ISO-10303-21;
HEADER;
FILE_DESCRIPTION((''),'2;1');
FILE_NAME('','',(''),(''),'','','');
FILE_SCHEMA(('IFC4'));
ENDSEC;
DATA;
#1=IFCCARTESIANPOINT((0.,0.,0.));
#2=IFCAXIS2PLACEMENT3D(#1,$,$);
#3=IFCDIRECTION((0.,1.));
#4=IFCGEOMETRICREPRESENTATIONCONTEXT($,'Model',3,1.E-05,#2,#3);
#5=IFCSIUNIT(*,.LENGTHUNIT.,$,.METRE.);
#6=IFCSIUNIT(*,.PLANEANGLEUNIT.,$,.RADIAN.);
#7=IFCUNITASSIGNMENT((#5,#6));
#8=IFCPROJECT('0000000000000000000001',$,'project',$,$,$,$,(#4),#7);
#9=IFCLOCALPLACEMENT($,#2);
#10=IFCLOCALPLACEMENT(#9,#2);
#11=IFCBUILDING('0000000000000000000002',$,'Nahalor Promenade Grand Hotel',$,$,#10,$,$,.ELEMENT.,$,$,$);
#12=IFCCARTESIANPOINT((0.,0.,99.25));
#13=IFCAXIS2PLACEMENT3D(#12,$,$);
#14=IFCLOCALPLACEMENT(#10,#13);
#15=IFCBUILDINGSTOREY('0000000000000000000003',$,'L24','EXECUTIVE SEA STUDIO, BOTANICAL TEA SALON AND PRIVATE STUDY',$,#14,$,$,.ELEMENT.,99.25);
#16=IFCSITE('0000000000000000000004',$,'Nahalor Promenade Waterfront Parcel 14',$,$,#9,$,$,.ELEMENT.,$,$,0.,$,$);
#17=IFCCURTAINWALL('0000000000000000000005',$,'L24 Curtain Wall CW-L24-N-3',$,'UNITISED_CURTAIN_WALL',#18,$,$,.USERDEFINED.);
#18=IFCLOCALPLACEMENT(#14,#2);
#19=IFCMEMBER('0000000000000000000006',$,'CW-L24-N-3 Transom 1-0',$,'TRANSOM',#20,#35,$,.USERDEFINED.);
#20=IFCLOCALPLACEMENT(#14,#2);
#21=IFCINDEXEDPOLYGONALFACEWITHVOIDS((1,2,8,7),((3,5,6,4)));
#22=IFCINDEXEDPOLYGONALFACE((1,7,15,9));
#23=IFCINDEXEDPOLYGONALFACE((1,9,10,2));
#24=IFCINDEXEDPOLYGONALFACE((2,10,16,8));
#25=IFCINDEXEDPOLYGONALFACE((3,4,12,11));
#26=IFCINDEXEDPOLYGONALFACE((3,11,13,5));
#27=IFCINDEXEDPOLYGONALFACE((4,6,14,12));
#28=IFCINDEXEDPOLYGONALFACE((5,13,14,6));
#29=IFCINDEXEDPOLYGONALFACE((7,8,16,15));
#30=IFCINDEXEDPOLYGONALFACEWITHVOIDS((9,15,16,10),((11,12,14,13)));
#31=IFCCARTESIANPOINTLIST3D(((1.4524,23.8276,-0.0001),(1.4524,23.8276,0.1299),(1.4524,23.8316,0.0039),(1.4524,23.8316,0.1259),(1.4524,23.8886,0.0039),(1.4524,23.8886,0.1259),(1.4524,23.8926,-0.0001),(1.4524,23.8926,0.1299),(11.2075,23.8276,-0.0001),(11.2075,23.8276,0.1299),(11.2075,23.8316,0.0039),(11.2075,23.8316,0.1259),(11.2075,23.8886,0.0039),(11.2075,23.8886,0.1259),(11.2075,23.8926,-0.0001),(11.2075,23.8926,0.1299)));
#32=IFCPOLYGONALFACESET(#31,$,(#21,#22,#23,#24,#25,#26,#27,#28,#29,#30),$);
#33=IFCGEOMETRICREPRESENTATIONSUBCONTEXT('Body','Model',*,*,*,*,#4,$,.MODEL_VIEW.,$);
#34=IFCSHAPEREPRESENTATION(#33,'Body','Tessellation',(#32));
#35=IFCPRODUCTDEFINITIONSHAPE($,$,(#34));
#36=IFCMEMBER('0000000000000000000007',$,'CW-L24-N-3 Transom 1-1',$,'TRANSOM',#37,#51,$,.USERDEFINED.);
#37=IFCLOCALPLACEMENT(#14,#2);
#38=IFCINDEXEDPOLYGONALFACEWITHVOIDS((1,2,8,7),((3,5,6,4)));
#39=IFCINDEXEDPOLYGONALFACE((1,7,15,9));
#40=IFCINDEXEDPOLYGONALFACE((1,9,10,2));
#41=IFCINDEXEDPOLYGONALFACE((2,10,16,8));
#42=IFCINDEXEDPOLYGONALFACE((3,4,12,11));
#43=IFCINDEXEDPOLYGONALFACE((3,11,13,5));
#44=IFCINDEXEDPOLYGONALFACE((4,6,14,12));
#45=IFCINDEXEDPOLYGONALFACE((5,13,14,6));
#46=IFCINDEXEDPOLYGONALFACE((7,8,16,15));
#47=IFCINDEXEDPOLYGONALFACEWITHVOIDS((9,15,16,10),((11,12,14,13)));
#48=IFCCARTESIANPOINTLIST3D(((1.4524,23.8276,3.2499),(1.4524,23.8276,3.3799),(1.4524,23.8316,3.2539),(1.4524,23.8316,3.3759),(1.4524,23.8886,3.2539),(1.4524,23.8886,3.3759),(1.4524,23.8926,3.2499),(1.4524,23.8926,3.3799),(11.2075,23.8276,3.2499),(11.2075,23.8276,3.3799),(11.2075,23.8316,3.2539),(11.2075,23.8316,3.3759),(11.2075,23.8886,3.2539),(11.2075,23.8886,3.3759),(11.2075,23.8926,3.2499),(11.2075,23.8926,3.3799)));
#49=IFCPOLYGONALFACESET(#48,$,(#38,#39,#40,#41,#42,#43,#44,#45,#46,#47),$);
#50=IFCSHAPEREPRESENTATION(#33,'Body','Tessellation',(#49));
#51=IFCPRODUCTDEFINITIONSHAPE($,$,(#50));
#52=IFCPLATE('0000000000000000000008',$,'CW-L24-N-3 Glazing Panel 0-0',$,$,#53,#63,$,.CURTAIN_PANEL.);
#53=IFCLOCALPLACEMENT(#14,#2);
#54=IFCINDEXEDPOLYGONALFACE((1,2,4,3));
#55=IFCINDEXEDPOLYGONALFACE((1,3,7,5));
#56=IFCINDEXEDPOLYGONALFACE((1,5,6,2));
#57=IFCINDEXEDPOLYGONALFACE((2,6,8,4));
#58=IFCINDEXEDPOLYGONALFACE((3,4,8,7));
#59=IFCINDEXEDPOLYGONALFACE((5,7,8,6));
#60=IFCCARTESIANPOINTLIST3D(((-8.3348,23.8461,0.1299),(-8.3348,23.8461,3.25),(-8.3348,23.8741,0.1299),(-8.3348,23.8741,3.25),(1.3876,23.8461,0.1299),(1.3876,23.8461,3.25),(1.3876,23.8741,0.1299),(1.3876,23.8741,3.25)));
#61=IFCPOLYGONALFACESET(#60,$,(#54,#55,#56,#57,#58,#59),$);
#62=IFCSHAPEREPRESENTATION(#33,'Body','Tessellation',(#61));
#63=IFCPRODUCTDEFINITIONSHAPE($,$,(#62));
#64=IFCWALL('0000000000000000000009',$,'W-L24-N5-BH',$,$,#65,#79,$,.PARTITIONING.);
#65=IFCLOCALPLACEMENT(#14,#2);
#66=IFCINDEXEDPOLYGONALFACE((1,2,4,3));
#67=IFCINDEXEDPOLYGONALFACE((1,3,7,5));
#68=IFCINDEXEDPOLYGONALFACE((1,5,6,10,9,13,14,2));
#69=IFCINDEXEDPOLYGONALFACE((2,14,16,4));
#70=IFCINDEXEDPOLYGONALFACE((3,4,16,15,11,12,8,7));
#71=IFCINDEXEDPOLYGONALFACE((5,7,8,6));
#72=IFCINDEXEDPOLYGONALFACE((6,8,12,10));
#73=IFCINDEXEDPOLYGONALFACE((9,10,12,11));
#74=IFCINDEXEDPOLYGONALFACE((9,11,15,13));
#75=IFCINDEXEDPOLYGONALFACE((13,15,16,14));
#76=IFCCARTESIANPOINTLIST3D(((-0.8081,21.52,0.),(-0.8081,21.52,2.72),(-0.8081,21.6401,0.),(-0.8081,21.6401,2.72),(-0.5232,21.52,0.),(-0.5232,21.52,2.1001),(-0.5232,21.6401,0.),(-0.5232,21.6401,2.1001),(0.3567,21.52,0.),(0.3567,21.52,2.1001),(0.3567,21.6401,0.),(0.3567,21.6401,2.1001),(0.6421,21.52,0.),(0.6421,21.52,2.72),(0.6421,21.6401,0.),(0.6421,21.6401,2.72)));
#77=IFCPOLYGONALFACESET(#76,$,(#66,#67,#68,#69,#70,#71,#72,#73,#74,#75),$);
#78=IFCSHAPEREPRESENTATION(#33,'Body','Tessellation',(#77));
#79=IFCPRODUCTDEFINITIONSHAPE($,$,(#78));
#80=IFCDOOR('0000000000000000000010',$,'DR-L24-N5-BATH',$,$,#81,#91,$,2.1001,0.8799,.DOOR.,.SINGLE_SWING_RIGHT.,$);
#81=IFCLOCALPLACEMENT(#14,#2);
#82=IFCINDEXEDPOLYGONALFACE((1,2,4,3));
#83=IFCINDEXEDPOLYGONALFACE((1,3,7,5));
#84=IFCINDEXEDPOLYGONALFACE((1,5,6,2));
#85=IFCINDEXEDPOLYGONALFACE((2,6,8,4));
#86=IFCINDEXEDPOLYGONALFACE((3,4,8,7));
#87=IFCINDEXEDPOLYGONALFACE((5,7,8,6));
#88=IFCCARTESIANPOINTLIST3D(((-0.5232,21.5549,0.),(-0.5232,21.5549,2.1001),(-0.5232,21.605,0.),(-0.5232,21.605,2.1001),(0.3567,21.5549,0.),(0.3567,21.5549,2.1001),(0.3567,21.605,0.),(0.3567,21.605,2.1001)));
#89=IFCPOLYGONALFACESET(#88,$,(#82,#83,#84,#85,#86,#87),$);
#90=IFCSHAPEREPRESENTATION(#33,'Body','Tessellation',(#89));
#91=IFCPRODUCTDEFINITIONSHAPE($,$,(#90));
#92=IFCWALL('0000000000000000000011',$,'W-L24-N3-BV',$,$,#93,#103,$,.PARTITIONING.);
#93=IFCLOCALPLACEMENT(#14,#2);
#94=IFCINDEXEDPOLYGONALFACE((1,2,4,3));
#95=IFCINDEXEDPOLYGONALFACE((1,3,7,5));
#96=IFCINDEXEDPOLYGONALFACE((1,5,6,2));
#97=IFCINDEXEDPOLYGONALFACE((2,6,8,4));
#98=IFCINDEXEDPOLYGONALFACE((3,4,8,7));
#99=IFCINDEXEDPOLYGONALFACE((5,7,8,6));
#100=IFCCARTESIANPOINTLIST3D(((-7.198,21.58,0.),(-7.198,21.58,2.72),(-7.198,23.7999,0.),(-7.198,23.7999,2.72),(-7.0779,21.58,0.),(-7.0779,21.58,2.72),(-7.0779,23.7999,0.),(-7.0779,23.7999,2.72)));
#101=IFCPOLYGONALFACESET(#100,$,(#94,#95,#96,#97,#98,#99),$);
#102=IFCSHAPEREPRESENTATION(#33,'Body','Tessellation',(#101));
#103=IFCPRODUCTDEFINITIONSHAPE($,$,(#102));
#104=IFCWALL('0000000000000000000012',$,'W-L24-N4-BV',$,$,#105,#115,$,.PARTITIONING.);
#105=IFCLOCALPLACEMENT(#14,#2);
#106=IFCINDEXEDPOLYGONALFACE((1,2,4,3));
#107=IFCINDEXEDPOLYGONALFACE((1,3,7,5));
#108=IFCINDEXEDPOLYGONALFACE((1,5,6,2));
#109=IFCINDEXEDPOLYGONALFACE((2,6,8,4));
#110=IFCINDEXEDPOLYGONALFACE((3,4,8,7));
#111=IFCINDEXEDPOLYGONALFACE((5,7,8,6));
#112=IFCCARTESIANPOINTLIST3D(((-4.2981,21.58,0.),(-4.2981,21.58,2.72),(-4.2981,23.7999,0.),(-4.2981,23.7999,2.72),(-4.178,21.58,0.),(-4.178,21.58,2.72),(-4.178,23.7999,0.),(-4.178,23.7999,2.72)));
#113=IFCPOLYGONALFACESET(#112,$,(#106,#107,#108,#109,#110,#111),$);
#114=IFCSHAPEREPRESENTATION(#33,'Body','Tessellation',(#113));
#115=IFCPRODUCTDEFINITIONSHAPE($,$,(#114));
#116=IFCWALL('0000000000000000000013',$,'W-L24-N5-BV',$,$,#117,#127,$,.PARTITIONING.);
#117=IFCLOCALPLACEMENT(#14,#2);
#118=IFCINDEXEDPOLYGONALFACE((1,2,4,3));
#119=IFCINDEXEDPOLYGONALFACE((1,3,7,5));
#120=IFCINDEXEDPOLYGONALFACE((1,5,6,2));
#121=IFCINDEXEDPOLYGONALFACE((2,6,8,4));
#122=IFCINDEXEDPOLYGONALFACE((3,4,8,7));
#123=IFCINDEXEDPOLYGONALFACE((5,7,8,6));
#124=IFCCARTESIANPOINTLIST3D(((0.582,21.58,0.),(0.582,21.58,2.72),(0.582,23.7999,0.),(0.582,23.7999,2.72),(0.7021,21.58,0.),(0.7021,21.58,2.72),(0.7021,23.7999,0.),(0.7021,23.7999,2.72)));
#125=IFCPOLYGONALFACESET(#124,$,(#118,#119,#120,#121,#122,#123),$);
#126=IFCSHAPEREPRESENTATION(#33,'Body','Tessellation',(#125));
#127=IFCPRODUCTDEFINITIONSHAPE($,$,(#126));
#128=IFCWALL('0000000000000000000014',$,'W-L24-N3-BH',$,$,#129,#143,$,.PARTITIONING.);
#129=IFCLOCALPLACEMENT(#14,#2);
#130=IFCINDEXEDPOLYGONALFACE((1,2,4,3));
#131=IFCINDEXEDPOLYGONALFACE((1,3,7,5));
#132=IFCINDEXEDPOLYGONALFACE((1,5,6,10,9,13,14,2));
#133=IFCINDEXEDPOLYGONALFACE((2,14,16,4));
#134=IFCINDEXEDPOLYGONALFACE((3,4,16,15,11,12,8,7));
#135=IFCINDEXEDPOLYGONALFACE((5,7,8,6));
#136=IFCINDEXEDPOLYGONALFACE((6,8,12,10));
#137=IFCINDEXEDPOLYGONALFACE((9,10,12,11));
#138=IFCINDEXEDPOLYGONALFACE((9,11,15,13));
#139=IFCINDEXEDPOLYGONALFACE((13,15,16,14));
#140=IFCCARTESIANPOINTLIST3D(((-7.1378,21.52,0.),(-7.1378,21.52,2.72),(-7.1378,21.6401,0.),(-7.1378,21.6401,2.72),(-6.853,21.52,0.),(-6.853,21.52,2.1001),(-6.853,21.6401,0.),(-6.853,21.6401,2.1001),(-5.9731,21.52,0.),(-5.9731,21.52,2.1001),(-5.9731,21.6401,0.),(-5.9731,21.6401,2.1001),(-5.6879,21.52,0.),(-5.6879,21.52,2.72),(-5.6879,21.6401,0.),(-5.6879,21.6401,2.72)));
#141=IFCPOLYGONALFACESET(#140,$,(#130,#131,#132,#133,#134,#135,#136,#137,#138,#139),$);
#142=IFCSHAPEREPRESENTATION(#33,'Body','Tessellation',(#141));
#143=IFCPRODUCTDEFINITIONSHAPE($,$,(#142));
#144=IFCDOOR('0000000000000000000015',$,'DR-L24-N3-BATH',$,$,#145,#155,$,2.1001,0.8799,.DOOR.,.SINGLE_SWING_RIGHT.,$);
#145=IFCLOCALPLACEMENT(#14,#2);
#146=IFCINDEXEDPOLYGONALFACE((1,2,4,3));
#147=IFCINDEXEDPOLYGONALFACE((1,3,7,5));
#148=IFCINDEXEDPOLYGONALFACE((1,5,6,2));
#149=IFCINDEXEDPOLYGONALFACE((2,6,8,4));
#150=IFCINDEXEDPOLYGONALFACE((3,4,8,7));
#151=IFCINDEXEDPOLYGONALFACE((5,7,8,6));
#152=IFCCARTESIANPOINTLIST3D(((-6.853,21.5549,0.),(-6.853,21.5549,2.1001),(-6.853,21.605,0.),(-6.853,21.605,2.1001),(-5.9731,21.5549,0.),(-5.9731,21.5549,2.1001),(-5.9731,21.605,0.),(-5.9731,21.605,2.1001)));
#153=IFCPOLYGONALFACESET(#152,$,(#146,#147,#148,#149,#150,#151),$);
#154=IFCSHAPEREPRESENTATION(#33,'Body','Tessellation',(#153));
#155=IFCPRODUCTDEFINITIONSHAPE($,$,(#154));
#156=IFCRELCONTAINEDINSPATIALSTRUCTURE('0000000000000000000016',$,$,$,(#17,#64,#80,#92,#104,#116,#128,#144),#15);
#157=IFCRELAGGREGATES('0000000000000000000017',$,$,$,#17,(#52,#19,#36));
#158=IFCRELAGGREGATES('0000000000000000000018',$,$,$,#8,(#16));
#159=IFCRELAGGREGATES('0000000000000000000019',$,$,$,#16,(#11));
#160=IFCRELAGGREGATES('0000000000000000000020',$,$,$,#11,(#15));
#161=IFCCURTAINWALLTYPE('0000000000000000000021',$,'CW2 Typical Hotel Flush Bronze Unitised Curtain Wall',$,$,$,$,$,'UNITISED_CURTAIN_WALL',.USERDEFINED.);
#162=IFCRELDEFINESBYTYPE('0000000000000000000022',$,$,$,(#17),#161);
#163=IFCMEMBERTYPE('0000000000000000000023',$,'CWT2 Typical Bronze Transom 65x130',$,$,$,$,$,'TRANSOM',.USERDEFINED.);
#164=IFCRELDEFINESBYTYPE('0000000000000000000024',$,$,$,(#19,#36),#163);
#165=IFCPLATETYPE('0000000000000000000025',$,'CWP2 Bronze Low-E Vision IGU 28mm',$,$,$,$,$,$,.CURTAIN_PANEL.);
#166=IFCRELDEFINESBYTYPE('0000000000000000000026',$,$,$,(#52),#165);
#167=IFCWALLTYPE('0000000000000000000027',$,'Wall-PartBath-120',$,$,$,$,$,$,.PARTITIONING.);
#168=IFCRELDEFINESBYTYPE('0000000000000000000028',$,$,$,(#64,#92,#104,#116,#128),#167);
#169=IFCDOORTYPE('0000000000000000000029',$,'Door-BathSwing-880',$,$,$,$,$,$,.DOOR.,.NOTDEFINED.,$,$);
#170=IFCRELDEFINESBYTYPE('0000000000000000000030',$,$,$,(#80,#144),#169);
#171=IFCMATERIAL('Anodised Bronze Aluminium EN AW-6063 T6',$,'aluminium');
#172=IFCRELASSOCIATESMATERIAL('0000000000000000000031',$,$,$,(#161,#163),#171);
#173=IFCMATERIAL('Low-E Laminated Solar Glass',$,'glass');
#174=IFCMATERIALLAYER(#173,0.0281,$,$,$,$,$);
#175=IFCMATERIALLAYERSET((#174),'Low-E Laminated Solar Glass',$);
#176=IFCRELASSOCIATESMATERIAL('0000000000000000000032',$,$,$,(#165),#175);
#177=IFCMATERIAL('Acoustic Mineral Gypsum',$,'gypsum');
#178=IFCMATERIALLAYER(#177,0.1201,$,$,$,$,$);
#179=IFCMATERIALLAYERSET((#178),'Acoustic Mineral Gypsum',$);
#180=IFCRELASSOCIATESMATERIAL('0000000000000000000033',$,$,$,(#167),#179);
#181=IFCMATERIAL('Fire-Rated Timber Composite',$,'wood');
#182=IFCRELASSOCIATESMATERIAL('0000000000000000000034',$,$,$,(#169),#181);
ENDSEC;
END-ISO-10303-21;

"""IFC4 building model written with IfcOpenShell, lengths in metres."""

from ifc_helpers import new_model, si_unit, direction, frame, frame_2d, origin, origin_2d, place, context, subcontext, project, spatial, rectangle, hollow_rectangle, extrude, source, transform, mapped, material, layer, layer_set, material_profile, profile_set, type_object, element, fill, aggregate, save


model = new_model("IFC4")

# Units and contexts
model_context = context("Model", 3, precision=1e-05, world=origin(), true_north=direction((0.0, 1.0)))
body_context = subcontext(model_context, "Body", "Model", "MODEL_VIEW")
ifc_project = project(units=[si_unit("LENGTHUNIT", "METRE"), si_unit("PLANEANGLEUNIT", "RADIAN")], contexts=[model_context])

# Site, building, storey
site_placement = place(None, origin())
site = spatial("IfcSite", under=ifc_project, at=site_placement, Name="Nahalor Promenade Waterfront Parcel 14", CompositionType="ELEMENT", RefElevation=0.0)
building_placement = place(site_placement, origin())
building = spatial("IfcBuilding", under=site, at=building_placement, Name="Nahalor Promenade Grand Hotel", CompositionType="ELEMENT")
storey_placement = place(building_placement, frame((0.0, 0.0, 99.25)))
storey = spatial("IfcBuildingStorey", under=building, at=storey_placement, Name="L24", Description="EXECUTIVE SEA STUDIO, BOTANICAL TEA SALON AND PRIVATE STUDY", CompositionType="ELEMENT", Elevation=99.25)

# Curtain wall, members, plate
ifc_material_1 = material(Name="Anodised Bronze Aluminium EN AW-6063 T6", Category="aluminium")
curtain_wall_type = type_object("IfcCurtainWallType", Name="CW2 Typical Hotel Flush Bronze Unitised Curtain Wall", ElementType="UNITISED_CURTAIN_WALL", PredefinedType="USERDEFINED", material=ifc_material_1)
curtain_wall_placement = place(storey_placement, origin())
curtain_wall = element("IfcCurtainWall", 1, at=curtain_wall_placement, inside=storey, type_object=curtain_wall_type, Name="L24 Curtain Wall CW-L24-N-3", ObjectType="UNITISED_CURTAIN_WALL", PredefinedType="USERDEFINED")
ifc_material_profile_1 = material_profile(ifc_material_1, hollow_rectangle(XDim=0.065, YDim=0.13, WallThickness=0.004, at=origin_2d()), Name="CWT 65x130x4")
ifc_profile_set_1 = profile_set([ifc_material_profile_1], Name="Anodised Bronze Aluminium EN AW-6063 T6")
member_type_1 = type_object("IfcMemberType", Name="CWT2 Typical Bronze Transom 65x130", ElementType="TRANSOM", PredefinedType="USERDEFINED", material=ifc_profile_set_1)
shared_shape_1 = source(origin(), body_context, "Body", "SweptSolid", [
    extrude(hollow_rectangle(XDim=0.065, YDim=0.13, WallThickness=0.004, at=origin_2d()), origin(), (0.0, 0.0, 1.0), 9.7551),
])
member_1_placement = place(storey_placement, frame((1.4524, 23.8601, 0.0649), z_axis=(1.0, 0.0, 0.0), x_axis=(0.0, 1.0, 0.0)))
member_1 = element("IfcMember", 2, at=member_1_placement, type_object=member_type_1, Name="CW-L24-N-3 Transom 1-0", ObjectType="TRANSOM", PredefinedType="USERDEFINED", context=body_context, shape_type="MappedRepresentation", body=[
    mapped(shared_shape_1, transform((0.0, 0.0, 0.0), scale=1.0)),
])
member_2_placement = place(storey_placement, frame((1.4524, 23.8601, 3.3149), z_axis=(1.0, 0.0, 0.0), x_axis=(0.0, 1.0, 0.0)))
member_2 = element("IfcMember", 3, at=member_2_placement, type_object=member_type_1, Name="CW-L24-N-3 Transom 1-1", ObjectType="TRANSOM", PredefinedType="USERDEFINED", context=body_context, shape_type="MappedRepresentation", body=[
    mapped(shared_shape_1, transform((0.0, 0.0, 0.0), scale=1.0)),
])
ifc_material_2 = material(Name="Low-E Laminated Solar Glass", Category="glass")
ifc_layer_1 = layer(ifc_material_2, 0.0281)
ifc_layer_set_1 = layer_set([ifc_layer_1], Name="Low-E Laminated Solar Glass")
plate_type = type_object("IfcPlateType", Name="CWP2 Bronze Low-E Vision IGU 28mm", PredefinedType="CURTAIN_PANEL", material=ifc_layer_set_1)
shared_shape_2 = source(origin(), body_context, "Body", "SweptSolid", [
    extrude(rectangle(XDim=9.7224, YDim=0.0281, at=origin_2d()), origin(), (0.0, 0.0, 1.0), 3.1201),
])
plate_placement = place(storey_placement, frame((-3.4736, 23.8601, 0.1299), z_axis=(0.0, 0.0, 1.0), x_axis=(1.0, 0.0, 0.0)))
plate = element("IfcPlate", 4, at=plate_placement, type_object=plate_type, Name="CW-L24-N-3 Glazing Panel 0-0", PredefinedType="CURTAIN_PANEL", context=body_context, shape_type="MappedRepresentation", body=[
    mapped(shared_shape_2, transform((0.0, 0.0, 0.0), scale=1.0)),
])
aggregate(curtain_wall, [plate, member_1, member_2])

# Wall, opening, door
ifc_material_3 = material(Name="Acoustic Mineral Gypsum", Category="gypsum")
ifc_layer_2 = layer(ifc_material_3, 0.1201)
ifc_layer_set_2 = layer_set([ifc_layer_2], Name="Acoustic Mineral Gypsum")
wall_type = type_object("IfcWallType", Name="Wall-PartBath-120", PredefinedType="PARTITIONING", material=ifc_layer_set_2)
shared_shape_3 = source(origin(), body_context, "Body", "SweptSolid", [
    extrude(rectangle(XDim=1.4502, YDim=0.1201, at=frame_2d((0.7251, 0.0))), origin(), (0.0, 0.0, 1.0), 2.72),
])
wall_1_placement = place(storey_placement, frame((-0.8081, 21.5801, 0.0), z_axis=(0.0, 0.0, 1.0), x_axis=(1.0, 0.0, 0.0)))
wall_1 = element("IfcWall", 5, at=wall_1_placement, inside=storey, type_object=wall_type, Name="W-L24-N5-BH", PredefinedType="PARTITIONING", context=body_context, shape_type="MappedRepresentation", body=[
    mapped(shared_shape_3, transform((0.0, 0.0, 0.0), scale=1.0)),
])
opening_1_placement = place(wall_1_placement, frame((0.2849, 0.0, 0.0)))
opening_1 = element("IfcOpeningElement", 6, at=opening_1_placement, cuts=wall_1, PredefinedType="OPENING", context=body_context, shape_type="SweptSolid", body=[
    extrude(rectangle(XDim=0.8799, YDim=2.1001, at=frame_2d((0.4399, 1.05))), frame((0.0, 0.0701, 0.0), z_axis=(0.0, -1.0, 0.0), x_axis=(1.0, 0.0, 0.0)), (0.0, 0.0, 1.0), 0.1401),
])
ifc_material_4 = material(Name="Fire-Rated Timber Composite", Category="wood")
door_type = type_object("IfcDoorType", Name="Door-BathSwing-880", OperationType="NOTDEFINED", PredefinedType="DOOR", material=ifc_material_4)
shared_shape_4 = source(origin(), body_context, "Body", "SweptSolid", [
    extrude(rectangle(XDim=0.8799, YDim=2.1001, at=frame_2d((0.4399, 1.05))), frame((0.0, 0.0249, 0.0), z_axis=(0.0, -1.0, 0.0), x_axis=(1.0, 0.0, 0.0)), (0.0, 0.0, 1.0), 0.05),
])
door_1_placement = place(opening_1_placement, origin())
door_1 = element("IfcDoor", 7, at=door_1_placement, inside=storey, type_object=door_type, Name="DR-L24-N5-BATH", OperationType="SINGLE_SWING_RIGHT", OverallHeight=2.1001, OverallWidth=0.8799, PredefinedType="DOOR", context=body_context, shape_type="MappedRepresentation", body=[
    mapped(shared_shape_4, transform((0.0, 0.0, 0.0), scale=1.0)),
])
fill(opening_1, door_1)

# Walls
shared_shape_5 = source(origin(), body_context, "Body", "SweptSolid", [
    extrude(rectangle(XDim=2.22, YDim=0.1201, at=frame_2d((1.1099, 0.0))), origin(), (0.0, 0.0, 1.0), 2.72),
])
for number, where, z_axis, x_axis, name in (
    (8, (-7.1379, 21.5801, 0.0), (0.0, 0.0, 1.0), (0.0, 1.0, 0.0), "W-L24-N3-BV"),
    (9, (-4.238, 21.5801, 0.0), (0.0, 0.0, 1.0), (0.0, 1.0, 0.0), "W-L24-N4-BV"),
    (10, (0.6421, 21.5801, 0.0), (0.0, 0.0, 1.0), (0.0, 1.0, 0.0), "W-L24-N5-BV"),
):
    element("IfcWall", number, at=place(storey_placement, frame(where, z_axis=z_axis, x_axis=x_axis)), inside=storey, type_object=wall_type, Name=name, PredefinedType="PARTITIONING", context=body_context, shape_type="MappedRepresentation", body=[
        mapped(shared_shape_5, transform((0.0, 0.0, 0.0), scale=1.0)),
    ])

# Wall, opening, door
shared_shape_6 = source(origin(), body_context, "Body", "SweptSolid", [
    extrude(rectangle(XDim=1.45, YDim=0.1201, at=frame_2d((0.7251, 0.0))), origin(), (0.0, 0.0, 1.0), 2.72),
])
wall_2_placement = place(storey_placement, frame((-7.1379, 21.5801, 0.0), z_axis=(0.0, 0.0, 1.0), x_axis=(1.0, 0.0, 0.0)))
wall_2 = element("IfcWall", 11, at=wall_2_placement, inside=storey, type_object=wall_type, Name="W-L24-N3-BH", PredefinedType="PARTITIONING", context=body_context, shape_type="MappedRepresentation", body=[
    mapped(shared_shape_6, transform((0.0, 0.0, 0.0), scale=1.0)),
])
opening_2_placement = place(wall_2_placement, frame((0.2849, 0.0, 0.0)))
opening_2 = element("IfcOpeningElement", 12, at=opening_2_placement, cuts=wall_2, PredefinedType="OPENING", context=body_context, shape_type="SweptSolid", body=[
    extrude(rectangle(XDim=0.8799, YDim=2.1001, at=frame_2d((0.4399, 1.05))), frame((0.0, 0.0701, 0.0), z_axis=(0.0, -1.0, 0.0), x_axis=(1.0, 0.0, 0.0)), (0.0, 0.0, 1.0), 0.1401),
])
door_2_placement = place(opening_2_placement, origin())
door_2 = element("IfcDoor", 13, at=door_2_placement, inside=storey, type_object=door_type, Name="DR-L24-N3-BATH", OperationType="SINGLE_SWING_RIGHT", OverallHeight=2.1001, OverallWidth=0.8799, PredefinedType="DOOR", context=body_context, shape_type="MappedRepresentation", body=[
    mapped(shared_shape_4, transform((0.0, 0.0, 0.0), scale=1.0)),
])
fill(opening_2, door_2)

save(model, "model.ifc")
